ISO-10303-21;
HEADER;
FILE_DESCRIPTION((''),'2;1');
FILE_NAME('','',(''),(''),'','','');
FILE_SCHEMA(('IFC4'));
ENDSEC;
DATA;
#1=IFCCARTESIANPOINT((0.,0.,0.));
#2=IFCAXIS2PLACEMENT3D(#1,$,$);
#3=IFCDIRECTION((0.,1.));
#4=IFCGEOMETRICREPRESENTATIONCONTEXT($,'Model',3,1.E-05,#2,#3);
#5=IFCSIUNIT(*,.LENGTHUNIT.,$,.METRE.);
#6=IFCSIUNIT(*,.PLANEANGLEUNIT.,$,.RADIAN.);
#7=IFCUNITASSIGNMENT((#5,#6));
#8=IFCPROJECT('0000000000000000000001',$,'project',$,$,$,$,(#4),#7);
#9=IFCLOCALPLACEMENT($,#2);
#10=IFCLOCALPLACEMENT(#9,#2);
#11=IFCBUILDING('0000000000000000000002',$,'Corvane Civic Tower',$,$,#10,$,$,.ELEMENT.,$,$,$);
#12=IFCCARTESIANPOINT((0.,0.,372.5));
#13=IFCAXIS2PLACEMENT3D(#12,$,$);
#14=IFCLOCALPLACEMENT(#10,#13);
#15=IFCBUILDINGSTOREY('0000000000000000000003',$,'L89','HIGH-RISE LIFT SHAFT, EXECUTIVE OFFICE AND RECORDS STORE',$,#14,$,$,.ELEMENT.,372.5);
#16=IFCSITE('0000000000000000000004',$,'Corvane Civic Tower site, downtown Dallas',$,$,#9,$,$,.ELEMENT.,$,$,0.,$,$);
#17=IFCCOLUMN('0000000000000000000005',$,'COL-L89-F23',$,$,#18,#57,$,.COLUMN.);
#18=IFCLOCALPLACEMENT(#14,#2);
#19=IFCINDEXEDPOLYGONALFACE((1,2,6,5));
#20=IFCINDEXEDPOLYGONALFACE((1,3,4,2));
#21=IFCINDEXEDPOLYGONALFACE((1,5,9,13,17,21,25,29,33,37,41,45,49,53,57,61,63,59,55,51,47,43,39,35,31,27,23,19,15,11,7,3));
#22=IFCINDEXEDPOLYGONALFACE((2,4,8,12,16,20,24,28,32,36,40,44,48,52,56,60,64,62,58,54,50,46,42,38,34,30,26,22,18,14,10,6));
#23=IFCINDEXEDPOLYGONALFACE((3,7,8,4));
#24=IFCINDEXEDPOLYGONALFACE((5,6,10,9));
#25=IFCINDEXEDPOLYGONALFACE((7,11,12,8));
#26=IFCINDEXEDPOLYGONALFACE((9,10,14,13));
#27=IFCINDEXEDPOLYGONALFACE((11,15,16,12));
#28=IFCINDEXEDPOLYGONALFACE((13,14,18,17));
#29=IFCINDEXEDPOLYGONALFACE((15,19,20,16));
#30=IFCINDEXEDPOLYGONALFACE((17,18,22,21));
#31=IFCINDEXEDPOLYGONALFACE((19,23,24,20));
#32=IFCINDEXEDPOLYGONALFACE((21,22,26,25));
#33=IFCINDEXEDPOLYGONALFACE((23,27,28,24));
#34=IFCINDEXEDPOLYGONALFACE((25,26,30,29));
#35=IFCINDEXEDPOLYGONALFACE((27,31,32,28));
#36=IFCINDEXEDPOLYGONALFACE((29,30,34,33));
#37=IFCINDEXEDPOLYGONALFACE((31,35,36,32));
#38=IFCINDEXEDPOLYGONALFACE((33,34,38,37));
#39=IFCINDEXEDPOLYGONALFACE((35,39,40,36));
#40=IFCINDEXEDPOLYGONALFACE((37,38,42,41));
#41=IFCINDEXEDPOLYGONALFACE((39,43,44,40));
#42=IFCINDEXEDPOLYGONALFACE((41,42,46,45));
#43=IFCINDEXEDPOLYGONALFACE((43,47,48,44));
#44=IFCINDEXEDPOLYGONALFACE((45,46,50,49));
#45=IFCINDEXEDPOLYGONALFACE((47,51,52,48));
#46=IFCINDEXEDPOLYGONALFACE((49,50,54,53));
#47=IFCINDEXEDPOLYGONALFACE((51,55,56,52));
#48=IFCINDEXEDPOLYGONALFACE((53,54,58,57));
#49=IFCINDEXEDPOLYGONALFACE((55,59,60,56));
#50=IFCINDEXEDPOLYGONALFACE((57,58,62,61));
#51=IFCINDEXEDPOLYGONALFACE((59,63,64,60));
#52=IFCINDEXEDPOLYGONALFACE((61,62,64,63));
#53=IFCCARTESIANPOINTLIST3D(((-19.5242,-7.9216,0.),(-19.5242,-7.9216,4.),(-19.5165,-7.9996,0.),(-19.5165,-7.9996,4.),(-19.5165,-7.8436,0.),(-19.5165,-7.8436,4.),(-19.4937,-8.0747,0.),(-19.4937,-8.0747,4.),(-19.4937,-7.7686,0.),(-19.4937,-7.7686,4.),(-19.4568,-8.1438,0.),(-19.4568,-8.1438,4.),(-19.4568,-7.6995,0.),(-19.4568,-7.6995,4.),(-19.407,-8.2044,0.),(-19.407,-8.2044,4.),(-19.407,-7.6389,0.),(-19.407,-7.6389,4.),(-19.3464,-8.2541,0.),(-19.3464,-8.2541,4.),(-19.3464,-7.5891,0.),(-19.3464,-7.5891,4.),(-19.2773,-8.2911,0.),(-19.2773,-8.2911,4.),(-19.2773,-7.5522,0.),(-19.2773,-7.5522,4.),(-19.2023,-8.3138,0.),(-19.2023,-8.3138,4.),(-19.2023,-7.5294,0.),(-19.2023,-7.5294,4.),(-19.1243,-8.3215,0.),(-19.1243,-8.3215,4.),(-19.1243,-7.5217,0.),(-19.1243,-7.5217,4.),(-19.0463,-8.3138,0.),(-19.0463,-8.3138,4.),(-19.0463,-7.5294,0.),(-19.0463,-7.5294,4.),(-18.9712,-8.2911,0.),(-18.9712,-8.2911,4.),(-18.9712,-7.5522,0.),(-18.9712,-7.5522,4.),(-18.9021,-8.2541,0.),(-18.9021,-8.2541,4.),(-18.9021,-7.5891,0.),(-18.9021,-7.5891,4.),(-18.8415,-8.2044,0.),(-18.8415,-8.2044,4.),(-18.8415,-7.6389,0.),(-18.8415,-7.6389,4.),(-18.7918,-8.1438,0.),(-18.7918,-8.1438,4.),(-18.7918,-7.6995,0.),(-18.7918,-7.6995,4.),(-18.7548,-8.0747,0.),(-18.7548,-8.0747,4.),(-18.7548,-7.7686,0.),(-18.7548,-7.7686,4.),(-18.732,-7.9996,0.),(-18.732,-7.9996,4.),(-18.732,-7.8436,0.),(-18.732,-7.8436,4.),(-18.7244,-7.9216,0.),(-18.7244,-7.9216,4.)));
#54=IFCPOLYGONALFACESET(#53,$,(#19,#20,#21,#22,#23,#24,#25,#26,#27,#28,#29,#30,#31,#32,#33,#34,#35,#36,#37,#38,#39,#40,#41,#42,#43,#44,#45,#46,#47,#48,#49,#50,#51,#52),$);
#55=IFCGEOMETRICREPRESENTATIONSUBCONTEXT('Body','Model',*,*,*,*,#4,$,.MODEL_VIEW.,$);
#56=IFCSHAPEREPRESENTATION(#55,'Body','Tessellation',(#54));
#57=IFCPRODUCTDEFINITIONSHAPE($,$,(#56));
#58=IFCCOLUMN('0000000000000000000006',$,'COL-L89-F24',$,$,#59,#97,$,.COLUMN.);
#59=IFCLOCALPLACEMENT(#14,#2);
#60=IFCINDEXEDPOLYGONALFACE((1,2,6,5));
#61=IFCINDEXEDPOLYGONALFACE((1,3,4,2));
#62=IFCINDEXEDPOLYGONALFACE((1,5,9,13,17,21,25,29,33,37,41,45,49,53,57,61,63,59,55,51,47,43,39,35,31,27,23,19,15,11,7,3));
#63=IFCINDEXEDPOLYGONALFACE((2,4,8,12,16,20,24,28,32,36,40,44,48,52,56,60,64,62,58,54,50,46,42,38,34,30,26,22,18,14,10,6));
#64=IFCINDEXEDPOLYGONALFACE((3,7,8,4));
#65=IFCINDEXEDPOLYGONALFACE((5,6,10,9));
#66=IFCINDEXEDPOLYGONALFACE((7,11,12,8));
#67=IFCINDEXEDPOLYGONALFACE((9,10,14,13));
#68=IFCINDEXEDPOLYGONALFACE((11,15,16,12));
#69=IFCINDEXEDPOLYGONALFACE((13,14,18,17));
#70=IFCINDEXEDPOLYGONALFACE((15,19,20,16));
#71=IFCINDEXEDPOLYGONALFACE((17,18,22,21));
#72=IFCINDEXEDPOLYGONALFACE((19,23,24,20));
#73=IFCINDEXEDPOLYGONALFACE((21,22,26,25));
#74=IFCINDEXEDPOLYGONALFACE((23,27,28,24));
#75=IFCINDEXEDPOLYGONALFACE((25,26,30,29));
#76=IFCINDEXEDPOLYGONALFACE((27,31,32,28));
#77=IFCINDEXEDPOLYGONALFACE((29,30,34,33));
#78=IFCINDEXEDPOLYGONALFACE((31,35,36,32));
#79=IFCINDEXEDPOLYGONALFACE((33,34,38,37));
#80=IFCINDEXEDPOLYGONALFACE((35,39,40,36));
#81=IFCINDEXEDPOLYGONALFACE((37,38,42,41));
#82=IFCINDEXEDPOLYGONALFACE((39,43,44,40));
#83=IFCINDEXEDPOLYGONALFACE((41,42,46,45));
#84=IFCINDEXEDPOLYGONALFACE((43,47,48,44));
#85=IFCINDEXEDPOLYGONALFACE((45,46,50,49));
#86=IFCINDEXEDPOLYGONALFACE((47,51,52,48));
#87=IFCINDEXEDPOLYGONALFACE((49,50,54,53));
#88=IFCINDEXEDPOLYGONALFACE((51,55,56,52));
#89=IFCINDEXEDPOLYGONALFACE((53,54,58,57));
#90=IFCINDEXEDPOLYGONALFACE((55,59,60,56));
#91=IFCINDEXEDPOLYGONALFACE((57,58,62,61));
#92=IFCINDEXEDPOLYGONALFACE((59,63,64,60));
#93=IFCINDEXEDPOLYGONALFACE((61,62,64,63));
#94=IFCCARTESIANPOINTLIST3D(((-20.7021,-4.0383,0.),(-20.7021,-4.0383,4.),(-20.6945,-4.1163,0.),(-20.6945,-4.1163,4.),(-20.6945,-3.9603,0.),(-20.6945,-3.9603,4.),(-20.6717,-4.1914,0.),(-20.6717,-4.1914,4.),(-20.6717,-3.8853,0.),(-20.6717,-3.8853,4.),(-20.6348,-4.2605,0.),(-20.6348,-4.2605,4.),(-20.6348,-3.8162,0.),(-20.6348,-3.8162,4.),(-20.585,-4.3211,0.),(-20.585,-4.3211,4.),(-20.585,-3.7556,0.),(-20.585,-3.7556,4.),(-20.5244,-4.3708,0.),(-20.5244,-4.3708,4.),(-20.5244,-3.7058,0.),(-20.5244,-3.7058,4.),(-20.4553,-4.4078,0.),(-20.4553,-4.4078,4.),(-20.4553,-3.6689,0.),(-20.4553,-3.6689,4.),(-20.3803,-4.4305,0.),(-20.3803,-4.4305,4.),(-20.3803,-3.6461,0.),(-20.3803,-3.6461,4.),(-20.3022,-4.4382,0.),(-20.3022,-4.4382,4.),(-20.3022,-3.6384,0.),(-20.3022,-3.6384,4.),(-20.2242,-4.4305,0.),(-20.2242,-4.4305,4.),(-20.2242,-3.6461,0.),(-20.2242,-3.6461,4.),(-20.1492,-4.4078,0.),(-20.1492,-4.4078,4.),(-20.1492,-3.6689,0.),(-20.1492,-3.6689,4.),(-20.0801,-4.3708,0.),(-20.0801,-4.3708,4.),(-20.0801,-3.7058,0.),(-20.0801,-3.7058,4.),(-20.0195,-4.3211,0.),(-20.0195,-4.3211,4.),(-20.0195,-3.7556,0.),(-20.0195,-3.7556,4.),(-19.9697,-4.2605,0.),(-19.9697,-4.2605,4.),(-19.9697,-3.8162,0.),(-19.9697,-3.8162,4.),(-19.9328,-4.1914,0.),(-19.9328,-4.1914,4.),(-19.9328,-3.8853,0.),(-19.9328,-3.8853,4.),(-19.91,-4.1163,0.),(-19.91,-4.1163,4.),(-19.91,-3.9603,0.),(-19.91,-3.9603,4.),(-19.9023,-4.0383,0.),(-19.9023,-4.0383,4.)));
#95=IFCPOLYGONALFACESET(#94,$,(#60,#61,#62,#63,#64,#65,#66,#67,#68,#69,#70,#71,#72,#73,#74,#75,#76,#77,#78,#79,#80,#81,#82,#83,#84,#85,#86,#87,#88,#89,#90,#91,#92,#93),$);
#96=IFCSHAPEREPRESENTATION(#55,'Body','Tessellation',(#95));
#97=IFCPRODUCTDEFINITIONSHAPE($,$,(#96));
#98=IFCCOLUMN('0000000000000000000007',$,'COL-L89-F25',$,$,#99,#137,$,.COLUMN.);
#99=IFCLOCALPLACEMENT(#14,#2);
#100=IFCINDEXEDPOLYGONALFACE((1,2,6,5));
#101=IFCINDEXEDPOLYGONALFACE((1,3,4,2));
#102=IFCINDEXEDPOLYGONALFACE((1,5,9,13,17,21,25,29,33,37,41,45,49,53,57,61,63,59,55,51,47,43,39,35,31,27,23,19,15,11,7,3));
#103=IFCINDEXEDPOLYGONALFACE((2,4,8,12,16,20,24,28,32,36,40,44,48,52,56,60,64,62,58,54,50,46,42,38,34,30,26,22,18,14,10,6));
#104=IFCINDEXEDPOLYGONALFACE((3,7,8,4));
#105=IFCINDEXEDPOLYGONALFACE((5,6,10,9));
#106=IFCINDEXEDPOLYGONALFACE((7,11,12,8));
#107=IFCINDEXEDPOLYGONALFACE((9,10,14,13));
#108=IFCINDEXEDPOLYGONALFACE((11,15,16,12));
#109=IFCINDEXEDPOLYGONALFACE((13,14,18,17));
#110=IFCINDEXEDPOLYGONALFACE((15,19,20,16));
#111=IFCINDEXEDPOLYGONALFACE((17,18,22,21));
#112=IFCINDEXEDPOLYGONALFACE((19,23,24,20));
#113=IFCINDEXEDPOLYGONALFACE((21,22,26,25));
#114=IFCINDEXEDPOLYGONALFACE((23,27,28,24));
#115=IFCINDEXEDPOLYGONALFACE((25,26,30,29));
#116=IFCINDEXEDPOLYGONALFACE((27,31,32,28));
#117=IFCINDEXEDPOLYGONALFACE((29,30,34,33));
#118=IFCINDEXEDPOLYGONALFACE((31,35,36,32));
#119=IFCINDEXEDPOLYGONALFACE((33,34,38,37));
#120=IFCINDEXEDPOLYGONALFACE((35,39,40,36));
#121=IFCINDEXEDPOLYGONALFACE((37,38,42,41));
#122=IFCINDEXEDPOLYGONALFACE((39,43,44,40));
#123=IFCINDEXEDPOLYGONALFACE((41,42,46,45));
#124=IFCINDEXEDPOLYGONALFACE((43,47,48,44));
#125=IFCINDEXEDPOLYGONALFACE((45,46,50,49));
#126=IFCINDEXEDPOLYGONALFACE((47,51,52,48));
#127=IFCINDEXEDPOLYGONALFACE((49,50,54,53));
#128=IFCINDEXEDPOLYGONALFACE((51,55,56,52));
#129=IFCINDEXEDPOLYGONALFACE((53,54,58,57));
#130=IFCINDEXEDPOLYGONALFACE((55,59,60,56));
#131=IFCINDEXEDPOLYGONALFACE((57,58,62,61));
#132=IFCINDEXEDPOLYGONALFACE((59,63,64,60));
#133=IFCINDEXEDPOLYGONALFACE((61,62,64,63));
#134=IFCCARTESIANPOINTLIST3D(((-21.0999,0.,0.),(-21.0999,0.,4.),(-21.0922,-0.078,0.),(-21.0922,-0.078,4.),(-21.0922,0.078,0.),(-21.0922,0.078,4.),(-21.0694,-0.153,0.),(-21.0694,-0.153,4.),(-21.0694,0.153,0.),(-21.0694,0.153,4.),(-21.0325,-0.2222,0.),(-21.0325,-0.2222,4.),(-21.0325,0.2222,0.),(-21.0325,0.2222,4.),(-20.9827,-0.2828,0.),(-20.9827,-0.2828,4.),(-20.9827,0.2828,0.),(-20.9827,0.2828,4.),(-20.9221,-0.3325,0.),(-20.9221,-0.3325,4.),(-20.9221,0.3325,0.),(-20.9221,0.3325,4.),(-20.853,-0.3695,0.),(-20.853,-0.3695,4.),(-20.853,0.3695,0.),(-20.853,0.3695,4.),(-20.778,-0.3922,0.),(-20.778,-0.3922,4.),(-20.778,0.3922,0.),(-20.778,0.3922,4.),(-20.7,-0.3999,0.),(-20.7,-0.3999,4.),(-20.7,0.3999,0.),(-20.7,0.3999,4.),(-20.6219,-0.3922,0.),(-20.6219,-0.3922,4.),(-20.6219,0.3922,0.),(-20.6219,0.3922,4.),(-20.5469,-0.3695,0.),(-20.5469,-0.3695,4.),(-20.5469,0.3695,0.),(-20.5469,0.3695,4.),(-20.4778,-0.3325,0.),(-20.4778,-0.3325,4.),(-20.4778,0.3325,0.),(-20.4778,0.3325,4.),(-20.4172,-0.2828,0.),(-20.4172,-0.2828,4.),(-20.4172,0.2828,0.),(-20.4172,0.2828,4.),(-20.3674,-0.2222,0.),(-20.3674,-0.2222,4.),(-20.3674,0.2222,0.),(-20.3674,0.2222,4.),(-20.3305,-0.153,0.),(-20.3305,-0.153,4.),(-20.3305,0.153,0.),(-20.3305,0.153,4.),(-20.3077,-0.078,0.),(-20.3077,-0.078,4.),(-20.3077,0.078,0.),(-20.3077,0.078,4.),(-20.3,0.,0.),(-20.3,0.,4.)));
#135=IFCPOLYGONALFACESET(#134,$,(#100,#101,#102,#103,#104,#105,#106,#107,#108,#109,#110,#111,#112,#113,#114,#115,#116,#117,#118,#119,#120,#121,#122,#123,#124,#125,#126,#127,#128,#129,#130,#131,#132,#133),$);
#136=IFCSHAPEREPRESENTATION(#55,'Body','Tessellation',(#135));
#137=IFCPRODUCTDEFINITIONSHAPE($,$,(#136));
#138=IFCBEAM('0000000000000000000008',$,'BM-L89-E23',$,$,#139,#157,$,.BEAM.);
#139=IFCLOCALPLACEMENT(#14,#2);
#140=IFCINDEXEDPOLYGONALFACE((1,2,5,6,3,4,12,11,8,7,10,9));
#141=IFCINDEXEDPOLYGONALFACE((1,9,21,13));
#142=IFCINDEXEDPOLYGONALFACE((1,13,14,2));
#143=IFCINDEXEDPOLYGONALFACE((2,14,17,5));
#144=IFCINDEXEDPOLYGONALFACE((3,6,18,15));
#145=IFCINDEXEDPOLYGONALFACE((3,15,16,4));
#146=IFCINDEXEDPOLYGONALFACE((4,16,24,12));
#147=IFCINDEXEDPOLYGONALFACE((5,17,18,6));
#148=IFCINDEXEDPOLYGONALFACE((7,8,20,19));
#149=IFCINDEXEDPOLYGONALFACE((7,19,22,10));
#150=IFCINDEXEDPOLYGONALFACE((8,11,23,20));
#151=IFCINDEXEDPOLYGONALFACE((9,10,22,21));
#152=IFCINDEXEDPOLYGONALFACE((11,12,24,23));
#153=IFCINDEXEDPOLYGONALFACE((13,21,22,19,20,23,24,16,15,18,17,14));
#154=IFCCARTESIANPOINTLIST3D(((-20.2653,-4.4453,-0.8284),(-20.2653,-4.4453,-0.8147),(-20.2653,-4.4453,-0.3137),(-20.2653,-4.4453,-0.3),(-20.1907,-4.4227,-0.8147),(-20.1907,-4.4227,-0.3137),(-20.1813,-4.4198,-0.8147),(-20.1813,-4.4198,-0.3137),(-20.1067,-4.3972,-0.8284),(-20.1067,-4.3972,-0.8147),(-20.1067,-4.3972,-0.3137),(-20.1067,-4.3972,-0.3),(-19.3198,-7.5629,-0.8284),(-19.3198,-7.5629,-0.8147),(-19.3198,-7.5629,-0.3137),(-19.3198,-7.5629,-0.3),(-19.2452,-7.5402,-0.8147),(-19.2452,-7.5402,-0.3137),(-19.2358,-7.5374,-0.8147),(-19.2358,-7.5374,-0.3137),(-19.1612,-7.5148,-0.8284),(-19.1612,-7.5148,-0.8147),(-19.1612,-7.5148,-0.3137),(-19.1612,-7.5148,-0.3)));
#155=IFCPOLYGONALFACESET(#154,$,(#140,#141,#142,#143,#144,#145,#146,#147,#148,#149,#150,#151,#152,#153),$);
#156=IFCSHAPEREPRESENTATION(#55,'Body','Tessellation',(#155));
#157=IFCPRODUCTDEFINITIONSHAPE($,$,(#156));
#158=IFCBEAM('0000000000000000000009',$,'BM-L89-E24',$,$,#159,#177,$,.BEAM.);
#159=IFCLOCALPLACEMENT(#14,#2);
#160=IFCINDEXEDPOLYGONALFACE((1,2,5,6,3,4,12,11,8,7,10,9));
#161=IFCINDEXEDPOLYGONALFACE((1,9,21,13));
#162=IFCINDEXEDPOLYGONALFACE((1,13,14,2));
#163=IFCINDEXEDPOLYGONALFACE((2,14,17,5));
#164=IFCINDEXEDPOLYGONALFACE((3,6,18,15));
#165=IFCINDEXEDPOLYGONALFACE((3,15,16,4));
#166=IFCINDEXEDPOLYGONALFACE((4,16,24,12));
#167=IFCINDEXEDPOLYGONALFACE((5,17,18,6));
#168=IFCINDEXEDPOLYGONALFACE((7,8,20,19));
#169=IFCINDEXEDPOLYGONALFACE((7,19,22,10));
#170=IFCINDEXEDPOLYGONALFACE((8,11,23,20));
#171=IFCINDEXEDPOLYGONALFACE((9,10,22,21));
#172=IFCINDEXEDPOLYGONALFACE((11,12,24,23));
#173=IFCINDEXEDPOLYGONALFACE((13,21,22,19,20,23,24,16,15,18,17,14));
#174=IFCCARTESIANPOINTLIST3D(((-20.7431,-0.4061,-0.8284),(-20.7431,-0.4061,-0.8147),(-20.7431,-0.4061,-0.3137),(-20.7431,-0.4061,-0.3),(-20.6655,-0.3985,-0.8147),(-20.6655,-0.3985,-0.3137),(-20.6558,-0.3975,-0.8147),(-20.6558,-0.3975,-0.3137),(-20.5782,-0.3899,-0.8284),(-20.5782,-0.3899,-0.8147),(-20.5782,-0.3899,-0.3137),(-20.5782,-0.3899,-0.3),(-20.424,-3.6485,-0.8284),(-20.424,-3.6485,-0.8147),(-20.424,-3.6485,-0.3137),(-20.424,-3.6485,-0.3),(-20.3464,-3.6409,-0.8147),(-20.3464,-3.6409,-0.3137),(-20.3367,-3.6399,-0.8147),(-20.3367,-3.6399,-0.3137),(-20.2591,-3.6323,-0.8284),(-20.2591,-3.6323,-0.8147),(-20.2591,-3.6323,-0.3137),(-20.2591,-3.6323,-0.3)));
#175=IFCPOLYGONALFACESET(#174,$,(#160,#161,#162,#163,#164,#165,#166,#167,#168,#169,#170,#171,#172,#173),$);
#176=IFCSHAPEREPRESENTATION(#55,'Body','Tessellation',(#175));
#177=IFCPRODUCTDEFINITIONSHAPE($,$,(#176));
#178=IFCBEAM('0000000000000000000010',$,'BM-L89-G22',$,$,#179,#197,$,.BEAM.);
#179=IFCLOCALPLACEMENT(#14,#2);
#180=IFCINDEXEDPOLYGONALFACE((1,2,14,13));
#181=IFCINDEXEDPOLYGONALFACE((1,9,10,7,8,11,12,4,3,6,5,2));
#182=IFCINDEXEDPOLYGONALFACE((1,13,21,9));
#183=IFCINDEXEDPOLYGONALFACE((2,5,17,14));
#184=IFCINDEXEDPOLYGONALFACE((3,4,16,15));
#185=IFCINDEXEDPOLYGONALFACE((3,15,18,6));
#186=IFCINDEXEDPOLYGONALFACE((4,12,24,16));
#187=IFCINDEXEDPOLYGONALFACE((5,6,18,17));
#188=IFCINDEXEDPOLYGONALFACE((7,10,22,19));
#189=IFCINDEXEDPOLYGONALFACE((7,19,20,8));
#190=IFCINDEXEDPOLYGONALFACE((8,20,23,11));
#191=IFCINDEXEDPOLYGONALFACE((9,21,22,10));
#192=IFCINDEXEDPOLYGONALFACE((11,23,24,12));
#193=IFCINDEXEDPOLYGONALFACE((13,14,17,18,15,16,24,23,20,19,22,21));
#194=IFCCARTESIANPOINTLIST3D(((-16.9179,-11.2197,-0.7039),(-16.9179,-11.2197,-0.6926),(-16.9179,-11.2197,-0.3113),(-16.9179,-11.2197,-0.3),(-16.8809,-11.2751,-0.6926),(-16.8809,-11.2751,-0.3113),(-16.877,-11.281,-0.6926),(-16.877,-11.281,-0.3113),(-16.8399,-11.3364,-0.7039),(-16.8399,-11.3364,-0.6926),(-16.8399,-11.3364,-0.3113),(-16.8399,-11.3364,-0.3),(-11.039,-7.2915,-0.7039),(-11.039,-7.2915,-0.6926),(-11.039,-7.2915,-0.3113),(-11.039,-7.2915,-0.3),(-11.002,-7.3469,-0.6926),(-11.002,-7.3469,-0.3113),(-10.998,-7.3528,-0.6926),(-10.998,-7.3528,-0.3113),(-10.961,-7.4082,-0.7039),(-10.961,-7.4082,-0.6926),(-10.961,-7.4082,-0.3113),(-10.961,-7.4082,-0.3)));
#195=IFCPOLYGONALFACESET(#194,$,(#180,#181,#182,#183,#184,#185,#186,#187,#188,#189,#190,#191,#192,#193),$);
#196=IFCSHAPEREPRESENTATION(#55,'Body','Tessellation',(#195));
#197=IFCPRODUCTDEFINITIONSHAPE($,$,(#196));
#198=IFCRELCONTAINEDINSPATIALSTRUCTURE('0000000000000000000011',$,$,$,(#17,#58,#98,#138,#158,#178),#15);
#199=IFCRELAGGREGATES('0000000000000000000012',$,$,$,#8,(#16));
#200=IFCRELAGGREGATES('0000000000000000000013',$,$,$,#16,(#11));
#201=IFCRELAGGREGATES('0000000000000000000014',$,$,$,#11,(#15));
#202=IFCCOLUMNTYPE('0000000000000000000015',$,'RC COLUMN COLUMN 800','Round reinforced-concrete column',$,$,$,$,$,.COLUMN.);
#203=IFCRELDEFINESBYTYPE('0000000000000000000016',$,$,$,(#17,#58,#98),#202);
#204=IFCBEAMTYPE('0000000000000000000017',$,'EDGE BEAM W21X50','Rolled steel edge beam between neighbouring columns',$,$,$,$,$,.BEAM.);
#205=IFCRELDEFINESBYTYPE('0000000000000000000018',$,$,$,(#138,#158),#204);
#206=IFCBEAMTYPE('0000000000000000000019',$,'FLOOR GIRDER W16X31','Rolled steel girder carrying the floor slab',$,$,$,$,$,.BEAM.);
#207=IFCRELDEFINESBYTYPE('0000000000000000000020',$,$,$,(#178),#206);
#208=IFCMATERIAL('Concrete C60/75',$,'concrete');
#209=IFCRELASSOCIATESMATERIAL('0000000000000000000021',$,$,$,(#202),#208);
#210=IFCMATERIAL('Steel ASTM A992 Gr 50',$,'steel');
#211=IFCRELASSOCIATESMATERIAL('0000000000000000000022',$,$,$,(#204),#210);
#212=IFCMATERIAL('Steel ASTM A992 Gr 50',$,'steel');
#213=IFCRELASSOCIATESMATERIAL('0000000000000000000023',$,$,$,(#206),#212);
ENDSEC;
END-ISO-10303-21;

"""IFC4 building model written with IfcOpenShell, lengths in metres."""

from ifc_helpers import new_model, si_unit, direction, frame, origin, origin_2d, place, context, subcontext, project, spatial, circle, i_section, extrude, material, material_profile, profile_set, type_object, element, save


model = new_model("IFC4")

# Units and contexts
model_context = context("Model", 3, precision=1e-05, world=origin(), true_north=direction((0.0, 1.0)))
body_context = subcontext(model_context, "Body", "Model", "MODEL_VIEW")
ifc_project = project(units=[si_unit("LENGTHUNIT", "METRE"), si_unit("PLANEANGLEUNIT", "RADIAN")], contexts=[model_context])

# Site, building, storey
site_placement = place(None, origin())
site = spatial("IfcSite", under=ifc_project, at=site_placement, Name="Corvane Civic Tower site, downtown Dallas", CompositionType="ELEMENT", RefElevation=0.0)
building_placement = place(site_placement, origin())
building = spatial("IfcBuilding", under=site, at=building_placement, Name="Corvane Civic Tower", CompositionType="ELEMENT")
storey_placement = place(building_placement, frame((0.0, 0.0, 372.5)))
storey = spatial("IfcBuildingStorey", under=building, at=storey_placement, Name="L89", Description="HIGH-RISE LIFT SHAFT, EXECUTIVE OFFICE AND RECORDS STORE", CompositionType="ELEMENT", Elevation=372.5)

# Columns
ifc_material_1 = material(Name="Concrete C60/75", Category="concrete")
ifc_material_profile_1 = material_profile(ifc_material_1, circle(Radius=0.3999, at=origin_2d()), Name="COLUMN 800")
ifc_profile_set_1 = profile_set([ifc_material_profile_1], Name="Concrete C60/75")
column_type = type_object("IfcColumnType", Name="RC COLUMN COLUMN 800", Description="Round reinforced-concrete column", PredefinedType="COLUMN", material=ifc_profile_set_1)
for number, where, z_axis, x_axis, name in (
    (1, (-19.1243, -7.9216, 0.0), (0.0, 0.0, 1.0), (1.0, 0.0, 0.0), "COL-L89-F23"),
    (2, (-20.3022, -4.0383, 0.0), (0.0, 0.0, 1.0), (1.0, 0.0, 0.0), "COL-L89-F24"),
    (3, (-20.7, 0.0, 0.0), (0.0, 0.0, 1.0), (1.0, 0.0, 0.0), "COL-L89-F25"),
):
    element("IfcColumn", number, at=place(storey_placement, frame(where, z_axis=z_axis, x_axis=x_axis)), inside=storey, type_object=column_type, Name=name, PredefinedType="COLUMN", context=body_context, shape_type="SweptSolid", body=[
        extrude(circle(Radius=0.3999, at=origin_2d()), origin(), (0.0, 0.0, 1.0), 4.0),
    ])

# Beams
ifc_material_2 = material(Name="Steel ASTM A992 Gr 50", Category="steel")
ifc_material_profile_2 = material_profile(ifc_material_2, i_section(OverallWidth=0.1658, OverallDepth=0.5283, WebThickness=0.0098, FlangeThickness=0.0137, at=origin_2d()), Name="W21X50")
ifc_profile_set_2 = profile_set([ifc_material_profile_2], Name="Steel ASTM A992 Gr 50")
beam_type_1 = type_object("IfcBeamType", Name="EDGE BEAM W21X50", Description="Rolled steel edge beam between neighbouring columns", PredefinedType="BEAM", material=ifc_profile_set_2)
beam_1_placement = place(storey_placement, frame((-19.2405, -7.5388, -0.5642), z_axis=(-0.290234, 0.956956, 0.0), x_axis=(-0.956956, -0.290234, 0.0)))
element("IfcBeam", 4, at=beam_1_placement, inside=storey, type_object=beam_type_1, Name="BM-L89-E23", PredefinedType="BEAM", context=body_context, shape_type="SweptSolid", body=[
    extrude(i_section(OverallWidth=0.1658, OverallDepth=0.5283, WebThickness=0.0098, FlangeThickness=0.0137, at=origin_2d()), origin(), (0.0, 0.0, 1.0), 3.2578),
])
beam_2_placement = place(storey_placement, frame((-20.3416, -3.6404, -0.5642), z_axis=(-0.097938, 0.995193, 0.0), x_axis=(-0.995193, -0.097938, 0.0)))
element("IfcBeam", 5, at=beam_2_placement, inside=storey, type_object=beam_type_1, Name="BM-L89-E24", PredefinedType="BEAM", context=body_context, shape_type="SweptSolid", body=[
    extrude(i_section(OverallWidth=0.1658, OverallDepth=0.5283, WebThickness=0.0098, FlangeThickness=0.0137, at=origin_2d()), origin(), (0.0, 0.0, 1.0), 3.2581),
])
ifc_material_3 = material(Name="Steel ASTM A992 Gr 50", Category="steel")
ifc_material_profile_3 = material_profile(ifc_material_3, i_section(OverallWidth=0.1404, OverallDepth=0.4038, WebThickness=0.0071, FlangeThickness=0.0112, at=origin_2d()), Name="W16X31")
ifc_profile_set_3 = profile_set([ifc_material_profile_3], Name="Steel ASTM A992 Gr 50")
beam_type_2 = type_object("IfcBeamType", Name="FLOOR GIRDER W16X31", Description="Rolled steel girder carrying the floor slab", PredefinedType="BEAM", material=ifc_profile_set_3)
beam_3_placement = place(storey_placement, frame((-11.0, -7.3499, -0.502), z_axis=(-0.831465, -0.555576, 0.0), x_axis=(0.555576, -0.831465, 0.0)))
element("IfcBeam", 6, at=beam_3_placement, inside=storey, type_object=beam_type_2, Name="BM-L89-G22", PredefinedType="BEAM", context=body_context, shape_type="SweptSolid", body=[
    extrude(i_section(OverallWidth=0.1404, OverallDepth=0.4038, WebThickness=0.0071, FlangeThickness=0.0112, at=origin_2d()), origin(), (0.0, 0.0, 1.0), 7.0706),
])

save(model, "model.ifc")
